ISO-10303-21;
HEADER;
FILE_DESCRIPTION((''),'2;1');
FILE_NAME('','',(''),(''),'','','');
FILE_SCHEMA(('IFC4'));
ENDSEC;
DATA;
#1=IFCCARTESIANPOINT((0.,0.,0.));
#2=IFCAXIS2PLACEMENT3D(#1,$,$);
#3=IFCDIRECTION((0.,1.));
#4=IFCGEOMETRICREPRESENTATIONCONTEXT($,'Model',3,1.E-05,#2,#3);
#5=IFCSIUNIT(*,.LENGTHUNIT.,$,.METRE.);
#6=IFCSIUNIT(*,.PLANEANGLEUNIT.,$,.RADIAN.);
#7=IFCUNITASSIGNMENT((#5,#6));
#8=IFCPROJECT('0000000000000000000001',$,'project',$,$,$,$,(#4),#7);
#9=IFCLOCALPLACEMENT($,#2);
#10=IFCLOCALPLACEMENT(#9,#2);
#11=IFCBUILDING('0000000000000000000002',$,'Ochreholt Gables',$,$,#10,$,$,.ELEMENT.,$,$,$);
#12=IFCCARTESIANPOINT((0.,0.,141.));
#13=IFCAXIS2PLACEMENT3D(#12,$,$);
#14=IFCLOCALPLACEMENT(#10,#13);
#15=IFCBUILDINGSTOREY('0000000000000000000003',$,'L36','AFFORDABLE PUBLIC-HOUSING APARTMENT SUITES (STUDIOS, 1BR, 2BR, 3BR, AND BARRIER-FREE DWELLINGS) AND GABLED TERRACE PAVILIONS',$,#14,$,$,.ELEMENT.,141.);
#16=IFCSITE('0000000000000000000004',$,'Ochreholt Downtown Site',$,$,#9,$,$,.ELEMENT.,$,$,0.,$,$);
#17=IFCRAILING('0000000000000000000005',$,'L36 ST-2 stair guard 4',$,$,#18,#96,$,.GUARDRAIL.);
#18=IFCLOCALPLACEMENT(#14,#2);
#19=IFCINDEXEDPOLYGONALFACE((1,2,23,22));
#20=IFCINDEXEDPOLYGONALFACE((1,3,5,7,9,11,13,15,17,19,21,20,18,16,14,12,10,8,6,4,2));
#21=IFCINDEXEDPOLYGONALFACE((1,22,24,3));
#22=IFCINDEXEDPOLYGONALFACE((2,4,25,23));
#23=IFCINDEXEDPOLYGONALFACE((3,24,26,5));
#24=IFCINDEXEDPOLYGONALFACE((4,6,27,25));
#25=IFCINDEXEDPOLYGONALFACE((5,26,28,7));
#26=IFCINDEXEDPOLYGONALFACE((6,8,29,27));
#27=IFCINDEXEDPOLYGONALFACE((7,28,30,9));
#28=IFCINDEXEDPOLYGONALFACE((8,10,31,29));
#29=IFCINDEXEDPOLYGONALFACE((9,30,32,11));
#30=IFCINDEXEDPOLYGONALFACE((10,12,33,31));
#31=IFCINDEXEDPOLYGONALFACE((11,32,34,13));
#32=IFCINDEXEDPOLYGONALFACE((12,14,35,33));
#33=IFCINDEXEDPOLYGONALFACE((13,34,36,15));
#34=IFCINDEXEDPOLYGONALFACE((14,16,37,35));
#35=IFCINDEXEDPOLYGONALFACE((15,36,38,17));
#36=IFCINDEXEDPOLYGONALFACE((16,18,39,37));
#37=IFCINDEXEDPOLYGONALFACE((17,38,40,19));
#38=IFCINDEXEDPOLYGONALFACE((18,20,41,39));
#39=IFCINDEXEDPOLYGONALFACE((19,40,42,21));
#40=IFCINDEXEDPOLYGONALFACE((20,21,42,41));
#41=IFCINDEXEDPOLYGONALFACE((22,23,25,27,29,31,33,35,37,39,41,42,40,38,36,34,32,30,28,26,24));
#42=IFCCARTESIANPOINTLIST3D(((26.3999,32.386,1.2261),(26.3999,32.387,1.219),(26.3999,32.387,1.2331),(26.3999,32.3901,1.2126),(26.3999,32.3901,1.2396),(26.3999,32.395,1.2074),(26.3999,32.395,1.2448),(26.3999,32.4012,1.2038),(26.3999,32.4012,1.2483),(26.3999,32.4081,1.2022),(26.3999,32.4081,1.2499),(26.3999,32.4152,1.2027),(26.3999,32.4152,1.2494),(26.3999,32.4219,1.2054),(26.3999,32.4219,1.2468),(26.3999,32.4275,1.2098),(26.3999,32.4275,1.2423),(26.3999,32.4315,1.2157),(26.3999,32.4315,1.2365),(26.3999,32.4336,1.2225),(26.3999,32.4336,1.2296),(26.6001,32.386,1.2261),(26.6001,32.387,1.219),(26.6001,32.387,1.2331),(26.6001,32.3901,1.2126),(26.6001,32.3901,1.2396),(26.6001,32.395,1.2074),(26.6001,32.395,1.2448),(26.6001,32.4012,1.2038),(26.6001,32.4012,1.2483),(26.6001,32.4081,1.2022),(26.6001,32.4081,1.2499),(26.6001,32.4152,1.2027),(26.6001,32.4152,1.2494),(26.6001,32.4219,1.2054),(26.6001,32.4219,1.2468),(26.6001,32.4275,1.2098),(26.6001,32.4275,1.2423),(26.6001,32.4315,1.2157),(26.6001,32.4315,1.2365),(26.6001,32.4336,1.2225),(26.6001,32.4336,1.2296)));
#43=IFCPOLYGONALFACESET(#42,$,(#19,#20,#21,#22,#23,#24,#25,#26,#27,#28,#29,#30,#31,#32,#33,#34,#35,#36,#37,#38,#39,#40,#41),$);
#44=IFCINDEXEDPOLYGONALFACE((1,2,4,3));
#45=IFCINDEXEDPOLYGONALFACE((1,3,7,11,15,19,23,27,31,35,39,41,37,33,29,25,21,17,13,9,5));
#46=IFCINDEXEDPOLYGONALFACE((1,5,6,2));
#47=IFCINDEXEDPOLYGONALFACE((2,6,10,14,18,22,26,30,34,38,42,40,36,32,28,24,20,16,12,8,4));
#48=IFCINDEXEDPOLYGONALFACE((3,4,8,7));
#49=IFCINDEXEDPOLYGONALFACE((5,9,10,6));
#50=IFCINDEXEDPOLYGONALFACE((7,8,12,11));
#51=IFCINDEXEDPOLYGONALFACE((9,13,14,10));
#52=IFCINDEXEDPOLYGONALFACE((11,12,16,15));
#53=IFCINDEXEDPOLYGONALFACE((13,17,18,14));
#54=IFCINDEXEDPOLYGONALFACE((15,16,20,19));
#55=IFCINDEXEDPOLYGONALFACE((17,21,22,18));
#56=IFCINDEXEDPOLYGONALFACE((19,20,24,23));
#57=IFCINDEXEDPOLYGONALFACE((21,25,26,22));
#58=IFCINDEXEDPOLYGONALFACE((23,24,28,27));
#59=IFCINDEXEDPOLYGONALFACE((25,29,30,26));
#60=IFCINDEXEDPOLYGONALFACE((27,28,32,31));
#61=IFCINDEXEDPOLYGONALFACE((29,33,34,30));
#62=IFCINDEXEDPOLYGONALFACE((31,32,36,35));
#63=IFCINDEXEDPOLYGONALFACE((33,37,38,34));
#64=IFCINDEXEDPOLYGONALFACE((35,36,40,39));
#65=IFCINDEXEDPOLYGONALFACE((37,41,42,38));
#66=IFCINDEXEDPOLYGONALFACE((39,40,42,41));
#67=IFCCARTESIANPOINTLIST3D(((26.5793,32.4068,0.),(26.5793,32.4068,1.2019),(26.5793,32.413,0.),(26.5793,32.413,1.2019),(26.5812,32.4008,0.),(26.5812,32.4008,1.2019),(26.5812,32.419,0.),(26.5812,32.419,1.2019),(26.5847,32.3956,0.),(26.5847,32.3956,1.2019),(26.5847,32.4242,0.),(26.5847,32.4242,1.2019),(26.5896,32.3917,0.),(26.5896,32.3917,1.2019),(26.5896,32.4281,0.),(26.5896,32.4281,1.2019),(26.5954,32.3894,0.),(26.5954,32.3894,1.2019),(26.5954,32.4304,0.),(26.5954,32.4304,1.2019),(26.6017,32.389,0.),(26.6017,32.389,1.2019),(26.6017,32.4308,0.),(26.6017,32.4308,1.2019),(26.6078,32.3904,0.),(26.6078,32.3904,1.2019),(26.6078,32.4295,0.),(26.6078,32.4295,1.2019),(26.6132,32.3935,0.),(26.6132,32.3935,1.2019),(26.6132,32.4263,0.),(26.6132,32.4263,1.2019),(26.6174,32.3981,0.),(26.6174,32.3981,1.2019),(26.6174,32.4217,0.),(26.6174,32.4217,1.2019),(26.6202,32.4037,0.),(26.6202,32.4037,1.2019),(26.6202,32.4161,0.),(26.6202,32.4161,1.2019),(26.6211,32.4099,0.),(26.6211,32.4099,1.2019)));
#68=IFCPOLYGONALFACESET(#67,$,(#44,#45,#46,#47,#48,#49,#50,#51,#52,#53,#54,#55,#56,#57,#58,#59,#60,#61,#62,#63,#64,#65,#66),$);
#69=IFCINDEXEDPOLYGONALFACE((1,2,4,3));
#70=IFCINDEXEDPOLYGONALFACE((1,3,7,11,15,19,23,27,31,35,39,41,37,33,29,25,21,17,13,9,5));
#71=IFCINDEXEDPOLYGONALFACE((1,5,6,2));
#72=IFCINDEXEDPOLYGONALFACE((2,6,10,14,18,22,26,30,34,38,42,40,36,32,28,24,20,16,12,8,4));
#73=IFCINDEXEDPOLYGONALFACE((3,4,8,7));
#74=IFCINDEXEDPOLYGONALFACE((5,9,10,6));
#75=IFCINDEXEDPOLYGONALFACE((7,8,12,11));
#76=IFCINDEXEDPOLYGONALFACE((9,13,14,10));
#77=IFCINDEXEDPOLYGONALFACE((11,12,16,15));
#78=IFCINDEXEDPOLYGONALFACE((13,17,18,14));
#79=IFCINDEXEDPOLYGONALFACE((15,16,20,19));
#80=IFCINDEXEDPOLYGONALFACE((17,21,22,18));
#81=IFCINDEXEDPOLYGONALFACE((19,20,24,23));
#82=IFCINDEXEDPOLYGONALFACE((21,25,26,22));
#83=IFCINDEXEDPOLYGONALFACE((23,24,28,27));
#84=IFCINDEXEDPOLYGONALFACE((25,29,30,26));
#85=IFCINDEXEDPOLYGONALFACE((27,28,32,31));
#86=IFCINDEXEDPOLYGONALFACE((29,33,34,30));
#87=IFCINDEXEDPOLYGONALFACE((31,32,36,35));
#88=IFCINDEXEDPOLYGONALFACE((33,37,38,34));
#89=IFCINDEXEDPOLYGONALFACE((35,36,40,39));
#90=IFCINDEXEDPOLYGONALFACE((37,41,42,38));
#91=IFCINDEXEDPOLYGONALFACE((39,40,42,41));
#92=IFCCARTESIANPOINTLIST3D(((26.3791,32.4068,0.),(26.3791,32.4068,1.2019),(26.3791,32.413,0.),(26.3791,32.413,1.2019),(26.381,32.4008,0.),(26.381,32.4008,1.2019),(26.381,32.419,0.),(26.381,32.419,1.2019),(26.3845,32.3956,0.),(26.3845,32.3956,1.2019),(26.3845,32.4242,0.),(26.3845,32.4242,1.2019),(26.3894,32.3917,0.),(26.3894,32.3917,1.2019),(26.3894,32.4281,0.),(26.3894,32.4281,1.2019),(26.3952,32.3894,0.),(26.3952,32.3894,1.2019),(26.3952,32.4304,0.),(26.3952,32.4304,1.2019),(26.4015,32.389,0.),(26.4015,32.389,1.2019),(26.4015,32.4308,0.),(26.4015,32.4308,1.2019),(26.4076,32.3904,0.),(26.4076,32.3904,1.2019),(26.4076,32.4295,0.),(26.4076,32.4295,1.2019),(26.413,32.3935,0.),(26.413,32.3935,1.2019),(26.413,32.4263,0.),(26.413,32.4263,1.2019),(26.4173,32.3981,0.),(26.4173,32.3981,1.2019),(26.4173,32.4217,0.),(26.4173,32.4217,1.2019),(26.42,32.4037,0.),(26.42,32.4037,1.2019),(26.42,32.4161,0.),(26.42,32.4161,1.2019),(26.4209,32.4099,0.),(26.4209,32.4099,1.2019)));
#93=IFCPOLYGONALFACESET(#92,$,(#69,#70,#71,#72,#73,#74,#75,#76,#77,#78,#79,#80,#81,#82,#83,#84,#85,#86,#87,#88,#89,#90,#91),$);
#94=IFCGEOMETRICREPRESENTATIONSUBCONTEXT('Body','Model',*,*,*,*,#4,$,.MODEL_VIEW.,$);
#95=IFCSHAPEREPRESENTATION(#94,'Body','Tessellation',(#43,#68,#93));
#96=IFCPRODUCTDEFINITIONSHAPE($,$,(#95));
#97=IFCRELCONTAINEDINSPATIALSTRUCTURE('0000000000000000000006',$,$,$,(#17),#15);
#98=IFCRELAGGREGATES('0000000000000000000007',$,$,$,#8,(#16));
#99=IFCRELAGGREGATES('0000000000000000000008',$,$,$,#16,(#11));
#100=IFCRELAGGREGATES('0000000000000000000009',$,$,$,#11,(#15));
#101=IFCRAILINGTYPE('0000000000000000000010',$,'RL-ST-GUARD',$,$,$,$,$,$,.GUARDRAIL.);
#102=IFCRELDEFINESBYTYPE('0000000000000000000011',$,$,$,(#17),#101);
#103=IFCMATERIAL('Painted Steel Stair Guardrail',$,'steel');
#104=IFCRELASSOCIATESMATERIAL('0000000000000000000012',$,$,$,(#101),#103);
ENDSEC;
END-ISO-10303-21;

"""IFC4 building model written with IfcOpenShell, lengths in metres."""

from ifc_helpers import new_model, si_unit, direction, frame, origin, origin_2d, place, context, subcontext, project, spatial, circle, extrude, material, type_object, element, save


model = new_model("IFC4")

# Units and contexts
model_context = context("Model", 3, precision=1e-05, world=origin(), true_north=direction((0.0, 1.0)))
body_context = subcontext(model_context, "Body", "Model", "MODEL_VIEW")
ifc_project = project(units=[si_unit("LENGTHUNIT", "METRE"), si_unit("PLANEANGLEUNIT", "RADIAN")], contexts=[model_context])

# Site, building, storey
site_placement = place(None, origin())
site = spatial("IfcSite", under=ifc_project, at=site_placement, Name="Ochreholt Downtown Site", CompositionType="ELEMENT", RefElevation=0.0)
building_placement = place(site_placement, origin())
building = spatial("IfcBuilding", under=site, at=building_placement, Name="Ochreholt Gables", CompositionType="ELEMENT")
storey_placement = place(building_placement, frame((0.0, 0.0, 141.0)))
storey = spatial("IfcBuildingStorey", under=building, at=storey_placement, Name="L36", Description="AFFORDABLE PUBLIC-HOUSING APARTMENT SUITES (STUDIOS, 1BR, 2BR, 3BR, AND BARRIER-FREE DWELLINGS) AND GABLED TERRACE PAVILIONS", CompositionType="ELEMENT", Elevation=141.0)

# Railing
ifc_material_1 = material(Name="Painted Steel Stair Guardrail", Category="steel")
railing_type = type_object("IfcRailingType", Name="RL-ST-GUARD", PredefinedType="GUARDRAIL", material=ifc_material_1)
railing_placement = place(storey_placement, frame((26.6001, 32.4099, 0.0)))
element("IfcRailing", 1, at=railing_placement, inside=storey, type_object=railing_type, Name="L36 ST-2 stair guard 4", PredefinedType="GUARDRAIL", context=body_context, shape_type="SweptSolid", body=[
    extrude(circle(Radius=0.0239, at=origin_2d()), frame((0.0, 0.0, 1.2261), z_axis=(-1.0, 0.0, 0.0), x_axis=(0.0, -1.0, 0.0)), (0.0, 0.0, 1.0), 0.2002),
    extrude(circle(Radius=0.021, at=origin_2d()), origin(), (0.0, 0.0, 1.0), 1.2019),
    extrude(circle(Radius=0.021, at=origin_2d()), frame((-0.2002, 0.0, 0.0)), (0.0, 0.0, 1.0), 1.2019),
])

save(model, "model.ifc")
